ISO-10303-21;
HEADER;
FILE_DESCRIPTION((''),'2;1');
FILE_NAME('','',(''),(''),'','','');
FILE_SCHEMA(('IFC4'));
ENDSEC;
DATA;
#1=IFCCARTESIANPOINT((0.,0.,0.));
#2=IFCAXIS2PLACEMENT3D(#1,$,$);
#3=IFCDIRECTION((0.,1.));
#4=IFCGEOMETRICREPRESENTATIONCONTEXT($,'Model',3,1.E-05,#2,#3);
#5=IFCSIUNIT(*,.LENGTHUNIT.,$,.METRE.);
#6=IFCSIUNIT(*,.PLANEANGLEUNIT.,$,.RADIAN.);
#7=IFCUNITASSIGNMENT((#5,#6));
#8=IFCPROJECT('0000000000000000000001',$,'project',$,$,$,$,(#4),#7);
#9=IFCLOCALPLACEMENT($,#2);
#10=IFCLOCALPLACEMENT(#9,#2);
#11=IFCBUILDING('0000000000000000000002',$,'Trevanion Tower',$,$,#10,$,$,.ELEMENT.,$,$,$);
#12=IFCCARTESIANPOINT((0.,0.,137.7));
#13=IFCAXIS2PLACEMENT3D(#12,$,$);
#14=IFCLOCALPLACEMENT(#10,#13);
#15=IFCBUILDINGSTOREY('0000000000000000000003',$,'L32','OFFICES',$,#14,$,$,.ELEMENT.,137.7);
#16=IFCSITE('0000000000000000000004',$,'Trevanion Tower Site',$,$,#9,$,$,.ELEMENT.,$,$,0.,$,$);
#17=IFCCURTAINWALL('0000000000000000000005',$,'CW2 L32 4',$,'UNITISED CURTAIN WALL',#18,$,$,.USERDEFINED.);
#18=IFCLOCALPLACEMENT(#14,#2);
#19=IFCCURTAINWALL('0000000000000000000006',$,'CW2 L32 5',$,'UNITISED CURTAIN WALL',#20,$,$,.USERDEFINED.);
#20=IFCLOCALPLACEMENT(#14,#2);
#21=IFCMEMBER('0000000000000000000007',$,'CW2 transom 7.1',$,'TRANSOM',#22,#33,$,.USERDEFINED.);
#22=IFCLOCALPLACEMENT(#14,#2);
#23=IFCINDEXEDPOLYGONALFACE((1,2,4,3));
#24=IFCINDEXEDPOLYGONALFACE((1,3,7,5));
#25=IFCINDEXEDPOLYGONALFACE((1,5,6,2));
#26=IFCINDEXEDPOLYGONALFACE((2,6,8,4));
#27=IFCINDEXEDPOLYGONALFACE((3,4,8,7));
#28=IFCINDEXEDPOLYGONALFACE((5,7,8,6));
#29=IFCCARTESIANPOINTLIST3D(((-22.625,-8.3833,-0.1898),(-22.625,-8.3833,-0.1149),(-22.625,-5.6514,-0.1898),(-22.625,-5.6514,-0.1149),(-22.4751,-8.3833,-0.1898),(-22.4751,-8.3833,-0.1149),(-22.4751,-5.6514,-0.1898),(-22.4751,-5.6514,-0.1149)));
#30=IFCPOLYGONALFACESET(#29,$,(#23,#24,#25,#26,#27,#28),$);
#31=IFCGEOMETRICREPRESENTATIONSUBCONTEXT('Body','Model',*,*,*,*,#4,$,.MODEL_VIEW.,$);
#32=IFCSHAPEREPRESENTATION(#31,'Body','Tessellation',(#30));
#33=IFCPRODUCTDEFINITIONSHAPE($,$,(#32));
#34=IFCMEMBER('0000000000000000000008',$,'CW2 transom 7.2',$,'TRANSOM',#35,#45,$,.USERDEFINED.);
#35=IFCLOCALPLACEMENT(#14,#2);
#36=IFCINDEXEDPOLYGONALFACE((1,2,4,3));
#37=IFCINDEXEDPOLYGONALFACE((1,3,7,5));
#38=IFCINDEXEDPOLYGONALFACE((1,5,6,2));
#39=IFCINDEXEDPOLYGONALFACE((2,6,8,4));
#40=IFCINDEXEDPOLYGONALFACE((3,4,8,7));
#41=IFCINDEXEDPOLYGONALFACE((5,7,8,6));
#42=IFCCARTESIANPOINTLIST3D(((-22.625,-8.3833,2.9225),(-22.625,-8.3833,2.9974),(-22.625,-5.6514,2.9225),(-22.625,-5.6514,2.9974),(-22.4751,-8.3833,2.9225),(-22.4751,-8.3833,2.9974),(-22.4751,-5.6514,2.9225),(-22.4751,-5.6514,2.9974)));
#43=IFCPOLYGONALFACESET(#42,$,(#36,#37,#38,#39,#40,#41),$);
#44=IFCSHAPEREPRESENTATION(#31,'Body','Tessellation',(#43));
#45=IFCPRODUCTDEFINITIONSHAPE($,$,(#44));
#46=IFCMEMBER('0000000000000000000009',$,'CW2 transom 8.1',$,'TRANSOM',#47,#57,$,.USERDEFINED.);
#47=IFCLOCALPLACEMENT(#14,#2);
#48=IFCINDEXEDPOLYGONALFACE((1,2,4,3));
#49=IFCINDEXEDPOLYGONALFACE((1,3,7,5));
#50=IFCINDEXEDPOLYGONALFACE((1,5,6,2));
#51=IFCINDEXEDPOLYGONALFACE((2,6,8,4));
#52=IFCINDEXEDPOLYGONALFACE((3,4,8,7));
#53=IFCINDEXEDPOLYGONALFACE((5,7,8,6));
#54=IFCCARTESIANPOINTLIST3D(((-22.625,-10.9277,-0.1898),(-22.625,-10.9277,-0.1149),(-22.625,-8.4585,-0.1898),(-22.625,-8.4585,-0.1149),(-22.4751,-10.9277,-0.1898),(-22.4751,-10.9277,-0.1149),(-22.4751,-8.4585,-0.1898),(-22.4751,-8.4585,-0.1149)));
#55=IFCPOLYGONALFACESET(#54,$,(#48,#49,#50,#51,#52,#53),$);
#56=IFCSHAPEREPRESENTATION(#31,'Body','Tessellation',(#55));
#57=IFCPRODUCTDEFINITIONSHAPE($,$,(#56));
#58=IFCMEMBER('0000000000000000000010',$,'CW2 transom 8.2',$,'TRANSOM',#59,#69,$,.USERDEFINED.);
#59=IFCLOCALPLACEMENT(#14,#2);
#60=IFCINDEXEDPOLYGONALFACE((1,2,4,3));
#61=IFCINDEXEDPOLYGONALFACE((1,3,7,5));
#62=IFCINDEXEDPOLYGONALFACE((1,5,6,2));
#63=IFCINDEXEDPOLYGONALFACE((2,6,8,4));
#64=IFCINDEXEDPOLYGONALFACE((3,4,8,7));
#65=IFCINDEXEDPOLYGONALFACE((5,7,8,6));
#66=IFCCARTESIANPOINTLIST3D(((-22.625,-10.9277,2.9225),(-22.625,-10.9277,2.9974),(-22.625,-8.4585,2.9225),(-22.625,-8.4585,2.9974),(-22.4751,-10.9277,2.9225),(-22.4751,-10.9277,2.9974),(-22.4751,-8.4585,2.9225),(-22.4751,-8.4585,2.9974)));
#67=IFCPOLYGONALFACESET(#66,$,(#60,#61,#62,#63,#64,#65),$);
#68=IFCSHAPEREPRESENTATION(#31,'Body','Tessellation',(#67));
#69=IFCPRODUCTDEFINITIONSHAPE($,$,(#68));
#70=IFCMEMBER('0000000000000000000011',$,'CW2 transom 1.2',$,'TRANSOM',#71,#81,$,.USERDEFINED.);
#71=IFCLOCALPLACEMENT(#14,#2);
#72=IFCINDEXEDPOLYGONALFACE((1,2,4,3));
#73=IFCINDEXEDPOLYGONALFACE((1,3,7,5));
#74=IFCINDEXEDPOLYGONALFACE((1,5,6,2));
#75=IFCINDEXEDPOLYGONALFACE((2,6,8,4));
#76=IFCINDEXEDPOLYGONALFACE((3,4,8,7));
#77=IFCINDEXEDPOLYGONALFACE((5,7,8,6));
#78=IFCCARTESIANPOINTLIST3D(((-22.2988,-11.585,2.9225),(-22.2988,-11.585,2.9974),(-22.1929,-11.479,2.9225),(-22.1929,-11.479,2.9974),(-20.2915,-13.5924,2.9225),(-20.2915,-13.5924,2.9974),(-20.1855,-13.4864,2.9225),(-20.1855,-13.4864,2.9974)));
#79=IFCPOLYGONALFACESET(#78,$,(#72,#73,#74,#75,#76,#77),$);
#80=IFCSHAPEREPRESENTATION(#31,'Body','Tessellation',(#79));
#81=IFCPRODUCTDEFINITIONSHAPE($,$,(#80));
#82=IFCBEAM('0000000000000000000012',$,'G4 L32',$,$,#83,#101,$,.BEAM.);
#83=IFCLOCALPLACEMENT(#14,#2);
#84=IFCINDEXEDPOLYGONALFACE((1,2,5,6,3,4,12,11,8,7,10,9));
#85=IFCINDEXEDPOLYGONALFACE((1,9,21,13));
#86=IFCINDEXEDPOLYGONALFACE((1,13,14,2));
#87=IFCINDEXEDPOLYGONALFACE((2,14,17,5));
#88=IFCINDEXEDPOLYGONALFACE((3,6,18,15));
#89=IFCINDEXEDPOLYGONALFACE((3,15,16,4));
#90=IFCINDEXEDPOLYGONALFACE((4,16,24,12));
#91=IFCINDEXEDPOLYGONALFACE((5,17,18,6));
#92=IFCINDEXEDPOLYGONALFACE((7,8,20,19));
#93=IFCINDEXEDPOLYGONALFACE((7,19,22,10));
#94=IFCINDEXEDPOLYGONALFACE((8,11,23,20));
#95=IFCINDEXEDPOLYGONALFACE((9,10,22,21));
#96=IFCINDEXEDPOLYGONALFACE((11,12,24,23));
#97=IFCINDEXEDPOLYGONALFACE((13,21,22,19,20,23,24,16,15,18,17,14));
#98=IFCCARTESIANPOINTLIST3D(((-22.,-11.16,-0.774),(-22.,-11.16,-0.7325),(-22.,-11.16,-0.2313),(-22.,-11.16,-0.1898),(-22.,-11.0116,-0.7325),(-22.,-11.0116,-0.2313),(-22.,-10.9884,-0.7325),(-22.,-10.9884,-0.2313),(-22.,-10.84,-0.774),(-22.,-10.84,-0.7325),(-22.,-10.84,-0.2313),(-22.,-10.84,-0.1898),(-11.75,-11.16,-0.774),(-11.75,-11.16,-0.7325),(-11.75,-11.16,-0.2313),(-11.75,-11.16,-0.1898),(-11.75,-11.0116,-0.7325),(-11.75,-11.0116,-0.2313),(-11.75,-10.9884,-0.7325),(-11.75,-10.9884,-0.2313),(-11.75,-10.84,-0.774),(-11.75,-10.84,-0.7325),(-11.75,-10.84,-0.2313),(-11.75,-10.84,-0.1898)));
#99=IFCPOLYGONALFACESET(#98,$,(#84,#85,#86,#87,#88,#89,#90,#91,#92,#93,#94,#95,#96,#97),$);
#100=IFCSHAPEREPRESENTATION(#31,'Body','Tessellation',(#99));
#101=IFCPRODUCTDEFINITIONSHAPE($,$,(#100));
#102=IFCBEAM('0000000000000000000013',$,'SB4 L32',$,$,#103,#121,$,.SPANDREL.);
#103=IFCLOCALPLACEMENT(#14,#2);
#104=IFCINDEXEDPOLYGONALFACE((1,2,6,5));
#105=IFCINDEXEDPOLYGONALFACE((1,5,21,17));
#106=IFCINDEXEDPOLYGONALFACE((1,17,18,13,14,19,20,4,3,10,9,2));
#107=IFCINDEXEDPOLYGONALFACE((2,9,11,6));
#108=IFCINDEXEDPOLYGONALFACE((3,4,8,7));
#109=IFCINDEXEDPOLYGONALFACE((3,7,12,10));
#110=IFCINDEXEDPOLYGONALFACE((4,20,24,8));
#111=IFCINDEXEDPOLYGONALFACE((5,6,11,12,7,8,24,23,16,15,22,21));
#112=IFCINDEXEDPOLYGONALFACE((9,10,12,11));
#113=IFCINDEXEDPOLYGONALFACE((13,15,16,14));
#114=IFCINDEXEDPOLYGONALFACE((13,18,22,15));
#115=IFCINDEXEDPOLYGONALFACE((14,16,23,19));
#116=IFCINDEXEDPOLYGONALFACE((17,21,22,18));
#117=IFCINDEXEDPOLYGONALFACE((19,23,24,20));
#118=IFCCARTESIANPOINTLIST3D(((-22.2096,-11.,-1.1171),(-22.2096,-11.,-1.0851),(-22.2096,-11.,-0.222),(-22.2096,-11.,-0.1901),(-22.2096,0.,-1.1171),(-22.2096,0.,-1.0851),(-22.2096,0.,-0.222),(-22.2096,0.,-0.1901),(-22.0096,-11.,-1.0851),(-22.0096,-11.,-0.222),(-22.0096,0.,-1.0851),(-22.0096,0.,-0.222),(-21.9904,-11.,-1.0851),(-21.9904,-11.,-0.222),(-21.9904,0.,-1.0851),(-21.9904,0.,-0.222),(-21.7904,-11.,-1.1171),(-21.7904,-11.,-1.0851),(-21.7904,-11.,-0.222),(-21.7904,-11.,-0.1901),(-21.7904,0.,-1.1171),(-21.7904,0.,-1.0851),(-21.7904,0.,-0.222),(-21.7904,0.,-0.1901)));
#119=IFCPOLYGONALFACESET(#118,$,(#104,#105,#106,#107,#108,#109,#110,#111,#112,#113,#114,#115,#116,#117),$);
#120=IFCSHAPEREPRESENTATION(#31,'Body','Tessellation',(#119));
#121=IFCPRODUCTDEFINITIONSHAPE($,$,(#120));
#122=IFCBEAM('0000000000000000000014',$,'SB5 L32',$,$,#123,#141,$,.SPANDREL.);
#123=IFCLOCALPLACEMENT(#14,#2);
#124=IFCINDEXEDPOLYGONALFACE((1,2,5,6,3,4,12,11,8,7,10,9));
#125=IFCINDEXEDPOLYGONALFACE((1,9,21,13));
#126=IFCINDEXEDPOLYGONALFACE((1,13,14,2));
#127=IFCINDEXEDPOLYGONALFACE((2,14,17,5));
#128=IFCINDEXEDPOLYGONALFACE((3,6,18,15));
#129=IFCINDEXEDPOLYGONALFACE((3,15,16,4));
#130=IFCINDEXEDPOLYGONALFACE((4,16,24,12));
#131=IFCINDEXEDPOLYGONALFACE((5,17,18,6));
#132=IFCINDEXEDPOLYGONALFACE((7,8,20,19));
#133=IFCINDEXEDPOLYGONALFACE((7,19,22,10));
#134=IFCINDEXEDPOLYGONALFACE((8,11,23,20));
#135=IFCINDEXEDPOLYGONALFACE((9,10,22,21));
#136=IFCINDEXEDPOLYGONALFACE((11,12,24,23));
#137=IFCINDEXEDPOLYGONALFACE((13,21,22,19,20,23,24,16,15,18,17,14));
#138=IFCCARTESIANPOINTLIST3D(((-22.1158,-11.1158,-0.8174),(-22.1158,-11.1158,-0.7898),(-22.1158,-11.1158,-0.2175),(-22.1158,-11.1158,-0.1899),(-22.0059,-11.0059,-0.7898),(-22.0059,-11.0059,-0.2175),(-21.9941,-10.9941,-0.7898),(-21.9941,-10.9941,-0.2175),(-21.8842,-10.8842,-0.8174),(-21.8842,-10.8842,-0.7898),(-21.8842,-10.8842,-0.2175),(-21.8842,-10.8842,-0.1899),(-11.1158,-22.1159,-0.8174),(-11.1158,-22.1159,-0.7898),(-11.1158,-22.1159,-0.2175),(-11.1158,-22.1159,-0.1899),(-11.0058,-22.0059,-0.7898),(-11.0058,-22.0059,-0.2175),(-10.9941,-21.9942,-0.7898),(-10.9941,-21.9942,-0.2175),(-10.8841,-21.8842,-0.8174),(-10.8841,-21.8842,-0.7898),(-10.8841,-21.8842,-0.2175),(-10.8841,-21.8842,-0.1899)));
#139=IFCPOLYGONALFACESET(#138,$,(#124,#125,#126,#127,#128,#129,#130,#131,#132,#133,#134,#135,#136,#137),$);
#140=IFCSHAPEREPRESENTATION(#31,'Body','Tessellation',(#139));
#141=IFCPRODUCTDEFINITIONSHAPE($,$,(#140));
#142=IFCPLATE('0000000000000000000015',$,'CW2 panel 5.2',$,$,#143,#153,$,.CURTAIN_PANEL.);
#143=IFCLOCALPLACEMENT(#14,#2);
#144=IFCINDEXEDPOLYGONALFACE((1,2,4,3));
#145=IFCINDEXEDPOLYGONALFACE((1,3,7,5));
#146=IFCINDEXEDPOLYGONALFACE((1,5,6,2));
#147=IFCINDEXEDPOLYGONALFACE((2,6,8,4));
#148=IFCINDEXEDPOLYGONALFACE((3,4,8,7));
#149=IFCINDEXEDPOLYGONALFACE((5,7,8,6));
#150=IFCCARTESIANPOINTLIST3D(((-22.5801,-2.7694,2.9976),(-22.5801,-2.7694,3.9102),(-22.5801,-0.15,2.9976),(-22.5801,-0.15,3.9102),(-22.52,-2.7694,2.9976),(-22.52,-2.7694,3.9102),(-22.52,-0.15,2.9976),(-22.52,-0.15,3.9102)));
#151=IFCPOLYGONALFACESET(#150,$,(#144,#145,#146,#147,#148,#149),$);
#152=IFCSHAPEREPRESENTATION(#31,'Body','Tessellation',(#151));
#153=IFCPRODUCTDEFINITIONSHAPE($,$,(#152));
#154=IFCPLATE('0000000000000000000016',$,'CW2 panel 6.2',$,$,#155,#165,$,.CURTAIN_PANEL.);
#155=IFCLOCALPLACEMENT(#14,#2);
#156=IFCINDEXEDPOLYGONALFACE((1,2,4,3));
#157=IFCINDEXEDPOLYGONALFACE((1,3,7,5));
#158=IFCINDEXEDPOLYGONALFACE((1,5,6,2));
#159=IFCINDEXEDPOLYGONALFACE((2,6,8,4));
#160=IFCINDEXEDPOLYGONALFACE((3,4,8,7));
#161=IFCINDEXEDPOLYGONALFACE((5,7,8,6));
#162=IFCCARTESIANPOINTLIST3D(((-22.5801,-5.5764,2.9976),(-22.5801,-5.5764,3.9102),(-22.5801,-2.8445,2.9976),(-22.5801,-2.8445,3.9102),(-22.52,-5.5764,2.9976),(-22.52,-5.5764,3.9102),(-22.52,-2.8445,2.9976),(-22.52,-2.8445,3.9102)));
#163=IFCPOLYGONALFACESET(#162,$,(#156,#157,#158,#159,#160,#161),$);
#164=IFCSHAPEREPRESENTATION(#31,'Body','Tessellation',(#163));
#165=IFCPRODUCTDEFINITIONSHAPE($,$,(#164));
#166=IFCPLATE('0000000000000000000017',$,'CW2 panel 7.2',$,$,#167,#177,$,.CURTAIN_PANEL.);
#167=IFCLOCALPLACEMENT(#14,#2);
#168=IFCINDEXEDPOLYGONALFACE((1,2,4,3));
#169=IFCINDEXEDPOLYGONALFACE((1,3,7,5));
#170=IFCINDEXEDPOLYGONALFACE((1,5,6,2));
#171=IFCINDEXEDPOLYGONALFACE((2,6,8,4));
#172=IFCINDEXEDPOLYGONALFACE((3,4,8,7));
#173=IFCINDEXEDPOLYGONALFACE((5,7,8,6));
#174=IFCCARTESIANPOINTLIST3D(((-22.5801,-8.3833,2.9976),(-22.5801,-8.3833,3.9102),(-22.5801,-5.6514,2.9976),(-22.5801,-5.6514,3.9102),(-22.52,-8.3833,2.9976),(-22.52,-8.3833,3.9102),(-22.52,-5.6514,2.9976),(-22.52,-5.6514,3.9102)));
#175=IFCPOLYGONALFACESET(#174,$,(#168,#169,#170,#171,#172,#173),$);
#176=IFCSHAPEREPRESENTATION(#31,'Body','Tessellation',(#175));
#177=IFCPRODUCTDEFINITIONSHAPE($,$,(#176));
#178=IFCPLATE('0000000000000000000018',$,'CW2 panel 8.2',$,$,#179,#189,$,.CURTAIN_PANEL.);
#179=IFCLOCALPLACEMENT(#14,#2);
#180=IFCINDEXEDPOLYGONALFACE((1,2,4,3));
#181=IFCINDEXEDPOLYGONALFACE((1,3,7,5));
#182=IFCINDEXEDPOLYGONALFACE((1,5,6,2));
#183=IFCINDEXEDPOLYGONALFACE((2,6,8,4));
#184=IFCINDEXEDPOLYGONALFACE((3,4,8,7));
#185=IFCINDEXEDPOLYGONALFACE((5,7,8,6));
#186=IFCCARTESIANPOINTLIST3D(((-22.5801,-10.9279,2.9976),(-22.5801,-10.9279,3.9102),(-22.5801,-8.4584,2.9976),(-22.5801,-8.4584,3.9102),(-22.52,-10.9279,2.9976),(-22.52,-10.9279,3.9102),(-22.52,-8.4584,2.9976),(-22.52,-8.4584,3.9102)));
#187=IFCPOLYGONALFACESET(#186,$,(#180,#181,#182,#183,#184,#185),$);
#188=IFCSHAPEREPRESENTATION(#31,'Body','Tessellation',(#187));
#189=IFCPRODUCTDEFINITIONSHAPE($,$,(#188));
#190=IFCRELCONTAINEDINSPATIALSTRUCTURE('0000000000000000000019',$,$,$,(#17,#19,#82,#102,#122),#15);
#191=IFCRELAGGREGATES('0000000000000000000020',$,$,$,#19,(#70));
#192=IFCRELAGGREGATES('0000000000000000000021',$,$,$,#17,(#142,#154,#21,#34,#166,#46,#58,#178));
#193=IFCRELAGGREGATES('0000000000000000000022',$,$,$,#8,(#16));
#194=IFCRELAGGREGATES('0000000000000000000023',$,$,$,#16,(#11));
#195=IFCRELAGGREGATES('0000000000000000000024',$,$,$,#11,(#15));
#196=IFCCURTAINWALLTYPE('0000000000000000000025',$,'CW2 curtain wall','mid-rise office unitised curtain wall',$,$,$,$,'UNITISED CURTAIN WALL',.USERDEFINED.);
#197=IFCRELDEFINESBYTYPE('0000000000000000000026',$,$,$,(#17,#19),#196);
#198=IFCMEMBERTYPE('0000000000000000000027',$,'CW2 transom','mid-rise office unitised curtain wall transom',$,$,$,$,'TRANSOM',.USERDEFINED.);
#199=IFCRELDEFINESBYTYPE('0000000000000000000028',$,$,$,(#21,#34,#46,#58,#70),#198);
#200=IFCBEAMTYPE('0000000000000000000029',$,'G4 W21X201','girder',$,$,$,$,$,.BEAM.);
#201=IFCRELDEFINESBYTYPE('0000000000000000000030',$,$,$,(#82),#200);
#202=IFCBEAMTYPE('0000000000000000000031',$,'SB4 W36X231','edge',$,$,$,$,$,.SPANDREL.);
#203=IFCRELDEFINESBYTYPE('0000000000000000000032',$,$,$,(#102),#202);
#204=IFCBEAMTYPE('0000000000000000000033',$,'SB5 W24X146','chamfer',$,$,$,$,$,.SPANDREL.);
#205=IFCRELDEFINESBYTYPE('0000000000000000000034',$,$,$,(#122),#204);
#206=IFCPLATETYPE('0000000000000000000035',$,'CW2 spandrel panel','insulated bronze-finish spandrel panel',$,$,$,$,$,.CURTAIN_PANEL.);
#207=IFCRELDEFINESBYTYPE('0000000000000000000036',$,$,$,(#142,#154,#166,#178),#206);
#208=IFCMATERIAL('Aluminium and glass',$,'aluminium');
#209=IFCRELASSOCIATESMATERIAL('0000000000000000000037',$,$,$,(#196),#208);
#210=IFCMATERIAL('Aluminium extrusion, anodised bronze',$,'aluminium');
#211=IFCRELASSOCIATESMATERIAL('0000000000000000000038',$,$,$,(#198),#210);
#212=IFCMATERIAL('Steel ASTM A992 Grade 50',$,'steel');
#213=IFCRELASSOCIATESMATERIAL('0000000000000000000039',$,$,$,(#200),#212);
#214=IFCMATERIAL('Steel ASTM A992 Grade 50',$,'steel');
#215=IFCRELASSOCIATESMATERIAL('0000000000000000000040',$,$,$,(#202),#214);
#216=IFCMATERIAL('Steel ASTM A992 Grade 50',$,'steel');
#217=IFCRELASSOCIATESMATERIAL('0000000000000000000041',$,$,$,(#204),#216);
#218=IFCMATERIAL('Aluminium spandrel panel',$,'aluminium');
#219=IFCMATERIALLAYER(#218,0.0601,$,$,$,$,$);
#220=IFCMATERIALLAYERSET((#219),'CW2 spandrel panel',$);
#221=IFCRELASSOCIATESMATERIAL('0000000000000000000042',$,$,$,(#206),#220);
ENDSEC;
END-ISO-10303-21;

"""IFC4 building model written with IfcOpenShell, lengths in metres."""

from ifc_helpers import new_model, si_unit, direction, frame, origin, origin_2d, place, context, subcontext, project, spatial, rectangle, i_section, extrude, material, layer, layer_set, material_profile, profile_set, type_object, element, aggregate, save


model = new_model("IFC4")

# Units and contexts
model_context = context("Model", 3, precision=1e-05, world=origin(), true_north=direction((0.0, 1.0)))
body_context = subcontext(model_context, "Body", "Model", "MODEL_VIEW")
ifc_project = project(units=[si_unit("LENGTHUNIT", "METRE"), si_unit("PLANEANGLEUNIT", "RADIAN")], contexts=[model_context])

# Site, building, storey
site_placement = place(None, origin())
site = spatial("IfcSite", under=ifc_project, at=site_placement, Name="Trevanion Tower Site", CompositionType="ELEMENT", RefElevation=0.0)
building_placement = place(site_placement, origin())
building = spatial("IfcBuilding", under=site, at=building_placement, Name="Trevanion Tower", CompositionType="ELEMENT")
storey_placement = place(building_placement, frame((0.0, 0.0, 137.7)))
storey = spatial("IfcBuildingStorey", under=building, at=storey_placement, Name="L32", Description="OFFICES", CompositionType="ELEMENT", Elevation=137.7)

# Curtain wall
ifc_material_1 = material(Name="Aluminium and glass", Category="aluminium")
curtain_wall_type = type_object("IfcCurtainWallType", Name="CW2 curtain wall", Description="mid-rise office unitised curtain wall", ElementType="UNITISED CURTAIN WALL", PredefinedType="USERDEFINED", material=ifc_material_1)
curtain_wall_1_placement = place(storey_placement, origin())
curtain_wall_1 = element("IfcCurtainWall", 1, at=curtain_wall_1_placement, inside=storey, type_object=curtain_wall_type, Name="CW2 L32 4", ObjectType="UNITISED CURTAIN WALL", PredefinedType="USERDEFINED")

# Curtain wall
curtain_wall_2_placement = place(storey_placement, origin())
curtain_wall_2 = element("IfcCurtainWall", 2, at=curtain_wall_2_placement, inside=storey, type_object=curtain_wall_type, Name="CW2 L32 5", ObjectType="UNITISED CURTAIN WALL", PredefinedType="USERDEFINED")

# Members
ifc_material_2 = material(Name="Aluminium extrusion, anodised bronze", Category="aluminium")
ifc_material_profile_1 = material_profile(ifc_material_2, rectangle(XDim=0.1499, YDim=0.075, at=origin_2d()), Name="CW2 transom")
ifc_profile_set_1 = profile_set([ifc_material_profile_1], Name="Aluminium extrusion, anodised bronze")
member_type_1 = type_object("IfcMemberType", Name="CW2 transom", Description="mid-rise office unitised curtain wall transom", ElementType="TRANSOM", PredefinedType="USERDEFINED", material=ifc_profile_set_1)
member_1_placement = place(storey_placement, frame((-22.55, -5.6514, -0.1523), z_axis=(0.0, -1.0, 0.0), x_axis=(1.0, 0.0, 0.0)))
member_1 = element("IfcMember", 3, at=member_1_placement, type_object=member_type_1, Name="CW2 transom 7.1", ObjectType="TRANSOM", PredefinedType="USERDEFINED", context=body_context, shape_type="SweptSolid", body=[
    extrude(rectangle(XDim=0.1499, YDim=0.075, at=origin_2d()), origin(), (0.0, 0.0, 1.0), 2.7319),
])
member_2_placement = place(storey_placement, frame((-22.55, -5.6514, 2.96), z_axis=(0.0, -1.0, 0.0), x_axis=(1.0, 0.0, 0.0)))
member_2 = element("IfcMember", 4, at=member_2_placement, type_object=member_type_1, Name="CW2 transom 7.2", ObjectType="TRANSOM", PredefinedType="USERDEFINED", context=body_context, shape_type="SweptSolid", body=[
    extrude(rectangle(XDim=0.1499, YDim=0.075, at=origin_2d()), origin(), (0.0, 0.0, 1.0), 2.7319),
])
member_3_placement = place(storey_placement, frame((-22.55, -8.4585, -0.1523), z_axis=(0.0, -1.0, 0.0), x_axis=(1.0, 0.0, 0.0)))
member_3 = element("IfcMember", 5, at=member_3_placement, type_object=member_type_1, Name="CW2 transom 8.1", ObjectType="TRANSOM", PredefinedType="USERDEFINED", context=body_context, shape_type="SweptSolid", body=[
    extrude(rectangle(XDim=0.1499, YDim=0.075, at=origin_2d()), origin(), (0.0, 0.0, 1.0), 2.4692),
])
member_4_placement = place(storey_placement, frame((-22.55, -8.4585, 2.96), z_axis=(0.0, -1.0, 0.0), x_axis=(1.0, 0.0, 0.0)))
member_4 = element("IfcMember", 6, at=member_4_placement, type_object=member_type_1, Name="CW2 transom 8.2", ObjectType="TRANSOM", PredefinedType="USERDEFINED", context=body_context, shape_type="SweptSolid", body=[
    extrude(rectangle(XDim=0.1499, YDim=0.075, at=origin_2d()), origin(), (0.0, 0.0, 1.0), 2.4692),
])
member_5_placement = place(storey_placement, frame((-22.2458, -11.532, 2.96), z_axis=(0.707107, -0.707107, 0.0), x_axis=(0.707107, 0.707107, 0.0)))
member_5 = element("IfcMember", 7, at=member_5_placement, type_object=member_type_1, Name="CW2 transom 1.2", ObjectType="TRANSOM", PredefinedType="USERDEFINED", context=body_context, shape_type="SweptSolid", body=[
    extrude(rectangle(XDim=0.1499, YDim=0.075, at=origin_2d()), origin(), (0.0, 0.0, 1.0), 2.8389),
])
aggregate(curtain_wall_2, [member_5])

# Beams
ifc_material_3 = material(Name="Steel ASTM A992 Grade 50", Category="steel")
ifc_material_profile_2 = material_profile(ifc_material_3, i_section(OverallWidth=0.3201, OverallDepth=0.5842, WebThickness=0.0232, FlangeThickness=0.0415, at=origin_2d()), Name="W21X201")
ifc_profile_set_2 = profile_set([ifc_material_profile_2], Name="Steel ASTM A992 Grade 50")
beam_type_1 = type_object("IfcBeamType", Name="G4 W21X201", Description="girder", PredefinedType="BEAM", material=ifc_profile_set_2)
beam_1_placement = place(storey_placement, frame((-11.75, -11.0, -0.4819), z_axis=(-1.0, 0.0, 0.0), x_axis=(0.0, -1.0, 0.0)))
element("IfcBeam", 8, at=beam_1_placement, inside=storey, type_object=beam_type_1, Name="G4 L32", PredefinedType="BEAM", context=body_context, shape_type="SweptSolid", body=[
    extrude(i_section(OverallWidth=0.3201, OverallDepth=0.5842, WebThickness=0.0232, FlangeThickness=0.0415, at=origin_2d()), origin(), (0.0, 0.0, 1.0), 10.25),
])
ifc_material_4 = material(Name="Steel ASTM A992 Grade 50", Category="steel")
ifc_material_profile_3 = material_profile(ifc_material_4, i_section(OverallWidth=0.4192, OverallDepth=0.927, WebThickness=0.0193, FlangeThickness=0.032, at=origin_2d()), Name="W36X231")
ifc_profile_set_3 = profile_set([ifc_material_profile_3], Name="Steel ASTM A992 Grade 50")
beam_type_2 = type_object("IfcBeamType", Name="SB4 W36X231", Description="edge", PredefinedType="SPANDREL", material=ifc_profile_set_3)
beam_2_placement = place(storey_placement, frame((-22.0, 0.0, -0.6536), z_axis=(0.0, -1.0, 0.0), x_axis=(1.0, 0.0, 0.0)))
element("IfcBeam", 9, at=beam_2_placement, inside=storey, type_object=beam_type_2, Name="SB4 L32", PredefinedType="SPANDREL", context=body_context, shape_type="SweptSolid", body=[
    extrude(i_section(OverallWidth=0.4192, OverallDepth=0.927, WebThickness=0.0193, FlangeThickness=0.032, at=origin_2d()), origin(), (0.0, 0.0, 1.0), 11.0),
])
ifc_material_5 = material(Name="Steel ASTM A992 Grade 50", Category="steel")
ifc_material_profile_4 = material_profile(ifc_material_5, i_section(OverallWidth=0.3276, OverallDepth=0.6274, WebThickness=0.0166, FlangeThickness=0.0276, at=origin_2d()), Name="W24X146")
ifc_profile_set_4 = profile_set([ifc_material_profile_4], Name="Steel ASTM A992 Grade 50")
beam_type_3 = type_object("IfcBeamType", Name="SB5 W24X146", Description="chamfer", PredefinedType="SPANDREL", material=ifc_profile_set_4)
beam_3_placement = place(storey_placement, frame((-22.0, -11.0, -0.5037), z_axis=(0.707107, -0.707107, 0.0), x_axis=(0.707107, 0.707107, 0.0)))
element("IfcBeam", 10, at=beam_3_placement, inside=storey, type_object=beam_type_3, Name="SB5 L32", PredefinedType="SPANDREL", context=body_context, shape_type="SweptSolid", body=[
    extrude(i_section(OverallWidth=0.3276, OverallDepth=0.6274, WebThickness=0.0166, FlangeThickness=0.0276, at=origin_2d()), origin(), (0.0, 0.0, 1.0), 15.5564),
])

# Plates
ifc_material_6 = material(Name="Aluminium spandrel panel", Category="aluminium")
ifc_layer_1 = layer(ifc_material_6, 0.0601)
ifc_layer_set_1 = layer_set([ifc_layer_1], Name="CW2 spandrel panel")
plate_type_1 = type_object("IfcPlateType", Name="CW2 spandrel panel", Description="insulated bronze-finish spandrel panel", PredefinedType="CURTAIN_PANEL", material=ifc_layer_set_1)
plate_1_placement = place(storey_placement, frame((-22.55, -1.4597, 2.9976), z_axis=(0.0, 0.0, 1.0), x_axis=(0.0, -1.0, 0.0)))
plate_1 = element("IfcPlate", 11, at=plate_1_placement, type_object=plate_type_1, Name="CW2 panel 5.2", PredefinedType="CURTAIN_PANEL", context=body_context, shape_type="SweptSolid", body=[
    extrude(rectangle(XDim=2.6194, YDim=0.0601, at=origin_2d()), origin(), (0.0, 0.0, 1.0), 0.9126),
])
plate_2_placement = place(storey_placement, frame((-22.55, -4.2104, 2.9976), z_axis=(0.0, 0.0, 1.0), x_axis=(0.0, -1.0, 0.0)))
plate_2 = element("IfcPlate", 12, at=plate_2_placement, type_object=plate_type_1, Name="CW2 panel 6.2", PredefinedType="CURTAIN_PANEL", context=body_context, shape_type="SweptSolid", body=[
    extrude(rectangle(XDim=2.7319, YDim=0.0601, at=origin_2d()), origin(), (0.0, 0.0, 1.0), 0.9126),
])
plate_3_placement = place(storey_placement, frame((-22.55, -7.0173, 2.9976), z_axis=(0.0, 0.0, 1.0), x_axis=(0.0, -1.0, 0.0)))
plate_3 = element("IfcPlate", 13, at=plate_3_placement, type_object=plate_type_1, Name="CW2 panel 7.2", PredefinedType="CURTAIN_PANEL", context=body_context, shape_type="SweptSolid", body=[
    extrude(rectangle(XDim=2.7319, YDim=0.0601, at=origin_2d()), origin(), (0.0, 0.0, 1.0), 0.9126),
])
plate_4_placement = place(storey_placement, frame((-22.55, -9.6931, 2.9976), z_axis=(0.0, 0.0, 1.0), x_axis=(0.0, -1.0, 0.0)))
plate_4 = element("IfcPlate", 14, at=plate_4_placement, type_object=plate_type_1, Name="CW2 panel 8.2", PredefinedType="CURTAIN_PANEL", context=body_context, shape_type="SweptSolid", body=[
    extrude(rectangle(XDim=2.4695, YDim=0.0601, at=origin_2d()), origin(), (0.0, 0.0, 1.0), 0.9126),
])
aggregate(curtain_wall_1, [plate_1, plate_2, member_1, member_2, plate_3, member_3, member_4, plate_4])

save(model, "model.ifc")
